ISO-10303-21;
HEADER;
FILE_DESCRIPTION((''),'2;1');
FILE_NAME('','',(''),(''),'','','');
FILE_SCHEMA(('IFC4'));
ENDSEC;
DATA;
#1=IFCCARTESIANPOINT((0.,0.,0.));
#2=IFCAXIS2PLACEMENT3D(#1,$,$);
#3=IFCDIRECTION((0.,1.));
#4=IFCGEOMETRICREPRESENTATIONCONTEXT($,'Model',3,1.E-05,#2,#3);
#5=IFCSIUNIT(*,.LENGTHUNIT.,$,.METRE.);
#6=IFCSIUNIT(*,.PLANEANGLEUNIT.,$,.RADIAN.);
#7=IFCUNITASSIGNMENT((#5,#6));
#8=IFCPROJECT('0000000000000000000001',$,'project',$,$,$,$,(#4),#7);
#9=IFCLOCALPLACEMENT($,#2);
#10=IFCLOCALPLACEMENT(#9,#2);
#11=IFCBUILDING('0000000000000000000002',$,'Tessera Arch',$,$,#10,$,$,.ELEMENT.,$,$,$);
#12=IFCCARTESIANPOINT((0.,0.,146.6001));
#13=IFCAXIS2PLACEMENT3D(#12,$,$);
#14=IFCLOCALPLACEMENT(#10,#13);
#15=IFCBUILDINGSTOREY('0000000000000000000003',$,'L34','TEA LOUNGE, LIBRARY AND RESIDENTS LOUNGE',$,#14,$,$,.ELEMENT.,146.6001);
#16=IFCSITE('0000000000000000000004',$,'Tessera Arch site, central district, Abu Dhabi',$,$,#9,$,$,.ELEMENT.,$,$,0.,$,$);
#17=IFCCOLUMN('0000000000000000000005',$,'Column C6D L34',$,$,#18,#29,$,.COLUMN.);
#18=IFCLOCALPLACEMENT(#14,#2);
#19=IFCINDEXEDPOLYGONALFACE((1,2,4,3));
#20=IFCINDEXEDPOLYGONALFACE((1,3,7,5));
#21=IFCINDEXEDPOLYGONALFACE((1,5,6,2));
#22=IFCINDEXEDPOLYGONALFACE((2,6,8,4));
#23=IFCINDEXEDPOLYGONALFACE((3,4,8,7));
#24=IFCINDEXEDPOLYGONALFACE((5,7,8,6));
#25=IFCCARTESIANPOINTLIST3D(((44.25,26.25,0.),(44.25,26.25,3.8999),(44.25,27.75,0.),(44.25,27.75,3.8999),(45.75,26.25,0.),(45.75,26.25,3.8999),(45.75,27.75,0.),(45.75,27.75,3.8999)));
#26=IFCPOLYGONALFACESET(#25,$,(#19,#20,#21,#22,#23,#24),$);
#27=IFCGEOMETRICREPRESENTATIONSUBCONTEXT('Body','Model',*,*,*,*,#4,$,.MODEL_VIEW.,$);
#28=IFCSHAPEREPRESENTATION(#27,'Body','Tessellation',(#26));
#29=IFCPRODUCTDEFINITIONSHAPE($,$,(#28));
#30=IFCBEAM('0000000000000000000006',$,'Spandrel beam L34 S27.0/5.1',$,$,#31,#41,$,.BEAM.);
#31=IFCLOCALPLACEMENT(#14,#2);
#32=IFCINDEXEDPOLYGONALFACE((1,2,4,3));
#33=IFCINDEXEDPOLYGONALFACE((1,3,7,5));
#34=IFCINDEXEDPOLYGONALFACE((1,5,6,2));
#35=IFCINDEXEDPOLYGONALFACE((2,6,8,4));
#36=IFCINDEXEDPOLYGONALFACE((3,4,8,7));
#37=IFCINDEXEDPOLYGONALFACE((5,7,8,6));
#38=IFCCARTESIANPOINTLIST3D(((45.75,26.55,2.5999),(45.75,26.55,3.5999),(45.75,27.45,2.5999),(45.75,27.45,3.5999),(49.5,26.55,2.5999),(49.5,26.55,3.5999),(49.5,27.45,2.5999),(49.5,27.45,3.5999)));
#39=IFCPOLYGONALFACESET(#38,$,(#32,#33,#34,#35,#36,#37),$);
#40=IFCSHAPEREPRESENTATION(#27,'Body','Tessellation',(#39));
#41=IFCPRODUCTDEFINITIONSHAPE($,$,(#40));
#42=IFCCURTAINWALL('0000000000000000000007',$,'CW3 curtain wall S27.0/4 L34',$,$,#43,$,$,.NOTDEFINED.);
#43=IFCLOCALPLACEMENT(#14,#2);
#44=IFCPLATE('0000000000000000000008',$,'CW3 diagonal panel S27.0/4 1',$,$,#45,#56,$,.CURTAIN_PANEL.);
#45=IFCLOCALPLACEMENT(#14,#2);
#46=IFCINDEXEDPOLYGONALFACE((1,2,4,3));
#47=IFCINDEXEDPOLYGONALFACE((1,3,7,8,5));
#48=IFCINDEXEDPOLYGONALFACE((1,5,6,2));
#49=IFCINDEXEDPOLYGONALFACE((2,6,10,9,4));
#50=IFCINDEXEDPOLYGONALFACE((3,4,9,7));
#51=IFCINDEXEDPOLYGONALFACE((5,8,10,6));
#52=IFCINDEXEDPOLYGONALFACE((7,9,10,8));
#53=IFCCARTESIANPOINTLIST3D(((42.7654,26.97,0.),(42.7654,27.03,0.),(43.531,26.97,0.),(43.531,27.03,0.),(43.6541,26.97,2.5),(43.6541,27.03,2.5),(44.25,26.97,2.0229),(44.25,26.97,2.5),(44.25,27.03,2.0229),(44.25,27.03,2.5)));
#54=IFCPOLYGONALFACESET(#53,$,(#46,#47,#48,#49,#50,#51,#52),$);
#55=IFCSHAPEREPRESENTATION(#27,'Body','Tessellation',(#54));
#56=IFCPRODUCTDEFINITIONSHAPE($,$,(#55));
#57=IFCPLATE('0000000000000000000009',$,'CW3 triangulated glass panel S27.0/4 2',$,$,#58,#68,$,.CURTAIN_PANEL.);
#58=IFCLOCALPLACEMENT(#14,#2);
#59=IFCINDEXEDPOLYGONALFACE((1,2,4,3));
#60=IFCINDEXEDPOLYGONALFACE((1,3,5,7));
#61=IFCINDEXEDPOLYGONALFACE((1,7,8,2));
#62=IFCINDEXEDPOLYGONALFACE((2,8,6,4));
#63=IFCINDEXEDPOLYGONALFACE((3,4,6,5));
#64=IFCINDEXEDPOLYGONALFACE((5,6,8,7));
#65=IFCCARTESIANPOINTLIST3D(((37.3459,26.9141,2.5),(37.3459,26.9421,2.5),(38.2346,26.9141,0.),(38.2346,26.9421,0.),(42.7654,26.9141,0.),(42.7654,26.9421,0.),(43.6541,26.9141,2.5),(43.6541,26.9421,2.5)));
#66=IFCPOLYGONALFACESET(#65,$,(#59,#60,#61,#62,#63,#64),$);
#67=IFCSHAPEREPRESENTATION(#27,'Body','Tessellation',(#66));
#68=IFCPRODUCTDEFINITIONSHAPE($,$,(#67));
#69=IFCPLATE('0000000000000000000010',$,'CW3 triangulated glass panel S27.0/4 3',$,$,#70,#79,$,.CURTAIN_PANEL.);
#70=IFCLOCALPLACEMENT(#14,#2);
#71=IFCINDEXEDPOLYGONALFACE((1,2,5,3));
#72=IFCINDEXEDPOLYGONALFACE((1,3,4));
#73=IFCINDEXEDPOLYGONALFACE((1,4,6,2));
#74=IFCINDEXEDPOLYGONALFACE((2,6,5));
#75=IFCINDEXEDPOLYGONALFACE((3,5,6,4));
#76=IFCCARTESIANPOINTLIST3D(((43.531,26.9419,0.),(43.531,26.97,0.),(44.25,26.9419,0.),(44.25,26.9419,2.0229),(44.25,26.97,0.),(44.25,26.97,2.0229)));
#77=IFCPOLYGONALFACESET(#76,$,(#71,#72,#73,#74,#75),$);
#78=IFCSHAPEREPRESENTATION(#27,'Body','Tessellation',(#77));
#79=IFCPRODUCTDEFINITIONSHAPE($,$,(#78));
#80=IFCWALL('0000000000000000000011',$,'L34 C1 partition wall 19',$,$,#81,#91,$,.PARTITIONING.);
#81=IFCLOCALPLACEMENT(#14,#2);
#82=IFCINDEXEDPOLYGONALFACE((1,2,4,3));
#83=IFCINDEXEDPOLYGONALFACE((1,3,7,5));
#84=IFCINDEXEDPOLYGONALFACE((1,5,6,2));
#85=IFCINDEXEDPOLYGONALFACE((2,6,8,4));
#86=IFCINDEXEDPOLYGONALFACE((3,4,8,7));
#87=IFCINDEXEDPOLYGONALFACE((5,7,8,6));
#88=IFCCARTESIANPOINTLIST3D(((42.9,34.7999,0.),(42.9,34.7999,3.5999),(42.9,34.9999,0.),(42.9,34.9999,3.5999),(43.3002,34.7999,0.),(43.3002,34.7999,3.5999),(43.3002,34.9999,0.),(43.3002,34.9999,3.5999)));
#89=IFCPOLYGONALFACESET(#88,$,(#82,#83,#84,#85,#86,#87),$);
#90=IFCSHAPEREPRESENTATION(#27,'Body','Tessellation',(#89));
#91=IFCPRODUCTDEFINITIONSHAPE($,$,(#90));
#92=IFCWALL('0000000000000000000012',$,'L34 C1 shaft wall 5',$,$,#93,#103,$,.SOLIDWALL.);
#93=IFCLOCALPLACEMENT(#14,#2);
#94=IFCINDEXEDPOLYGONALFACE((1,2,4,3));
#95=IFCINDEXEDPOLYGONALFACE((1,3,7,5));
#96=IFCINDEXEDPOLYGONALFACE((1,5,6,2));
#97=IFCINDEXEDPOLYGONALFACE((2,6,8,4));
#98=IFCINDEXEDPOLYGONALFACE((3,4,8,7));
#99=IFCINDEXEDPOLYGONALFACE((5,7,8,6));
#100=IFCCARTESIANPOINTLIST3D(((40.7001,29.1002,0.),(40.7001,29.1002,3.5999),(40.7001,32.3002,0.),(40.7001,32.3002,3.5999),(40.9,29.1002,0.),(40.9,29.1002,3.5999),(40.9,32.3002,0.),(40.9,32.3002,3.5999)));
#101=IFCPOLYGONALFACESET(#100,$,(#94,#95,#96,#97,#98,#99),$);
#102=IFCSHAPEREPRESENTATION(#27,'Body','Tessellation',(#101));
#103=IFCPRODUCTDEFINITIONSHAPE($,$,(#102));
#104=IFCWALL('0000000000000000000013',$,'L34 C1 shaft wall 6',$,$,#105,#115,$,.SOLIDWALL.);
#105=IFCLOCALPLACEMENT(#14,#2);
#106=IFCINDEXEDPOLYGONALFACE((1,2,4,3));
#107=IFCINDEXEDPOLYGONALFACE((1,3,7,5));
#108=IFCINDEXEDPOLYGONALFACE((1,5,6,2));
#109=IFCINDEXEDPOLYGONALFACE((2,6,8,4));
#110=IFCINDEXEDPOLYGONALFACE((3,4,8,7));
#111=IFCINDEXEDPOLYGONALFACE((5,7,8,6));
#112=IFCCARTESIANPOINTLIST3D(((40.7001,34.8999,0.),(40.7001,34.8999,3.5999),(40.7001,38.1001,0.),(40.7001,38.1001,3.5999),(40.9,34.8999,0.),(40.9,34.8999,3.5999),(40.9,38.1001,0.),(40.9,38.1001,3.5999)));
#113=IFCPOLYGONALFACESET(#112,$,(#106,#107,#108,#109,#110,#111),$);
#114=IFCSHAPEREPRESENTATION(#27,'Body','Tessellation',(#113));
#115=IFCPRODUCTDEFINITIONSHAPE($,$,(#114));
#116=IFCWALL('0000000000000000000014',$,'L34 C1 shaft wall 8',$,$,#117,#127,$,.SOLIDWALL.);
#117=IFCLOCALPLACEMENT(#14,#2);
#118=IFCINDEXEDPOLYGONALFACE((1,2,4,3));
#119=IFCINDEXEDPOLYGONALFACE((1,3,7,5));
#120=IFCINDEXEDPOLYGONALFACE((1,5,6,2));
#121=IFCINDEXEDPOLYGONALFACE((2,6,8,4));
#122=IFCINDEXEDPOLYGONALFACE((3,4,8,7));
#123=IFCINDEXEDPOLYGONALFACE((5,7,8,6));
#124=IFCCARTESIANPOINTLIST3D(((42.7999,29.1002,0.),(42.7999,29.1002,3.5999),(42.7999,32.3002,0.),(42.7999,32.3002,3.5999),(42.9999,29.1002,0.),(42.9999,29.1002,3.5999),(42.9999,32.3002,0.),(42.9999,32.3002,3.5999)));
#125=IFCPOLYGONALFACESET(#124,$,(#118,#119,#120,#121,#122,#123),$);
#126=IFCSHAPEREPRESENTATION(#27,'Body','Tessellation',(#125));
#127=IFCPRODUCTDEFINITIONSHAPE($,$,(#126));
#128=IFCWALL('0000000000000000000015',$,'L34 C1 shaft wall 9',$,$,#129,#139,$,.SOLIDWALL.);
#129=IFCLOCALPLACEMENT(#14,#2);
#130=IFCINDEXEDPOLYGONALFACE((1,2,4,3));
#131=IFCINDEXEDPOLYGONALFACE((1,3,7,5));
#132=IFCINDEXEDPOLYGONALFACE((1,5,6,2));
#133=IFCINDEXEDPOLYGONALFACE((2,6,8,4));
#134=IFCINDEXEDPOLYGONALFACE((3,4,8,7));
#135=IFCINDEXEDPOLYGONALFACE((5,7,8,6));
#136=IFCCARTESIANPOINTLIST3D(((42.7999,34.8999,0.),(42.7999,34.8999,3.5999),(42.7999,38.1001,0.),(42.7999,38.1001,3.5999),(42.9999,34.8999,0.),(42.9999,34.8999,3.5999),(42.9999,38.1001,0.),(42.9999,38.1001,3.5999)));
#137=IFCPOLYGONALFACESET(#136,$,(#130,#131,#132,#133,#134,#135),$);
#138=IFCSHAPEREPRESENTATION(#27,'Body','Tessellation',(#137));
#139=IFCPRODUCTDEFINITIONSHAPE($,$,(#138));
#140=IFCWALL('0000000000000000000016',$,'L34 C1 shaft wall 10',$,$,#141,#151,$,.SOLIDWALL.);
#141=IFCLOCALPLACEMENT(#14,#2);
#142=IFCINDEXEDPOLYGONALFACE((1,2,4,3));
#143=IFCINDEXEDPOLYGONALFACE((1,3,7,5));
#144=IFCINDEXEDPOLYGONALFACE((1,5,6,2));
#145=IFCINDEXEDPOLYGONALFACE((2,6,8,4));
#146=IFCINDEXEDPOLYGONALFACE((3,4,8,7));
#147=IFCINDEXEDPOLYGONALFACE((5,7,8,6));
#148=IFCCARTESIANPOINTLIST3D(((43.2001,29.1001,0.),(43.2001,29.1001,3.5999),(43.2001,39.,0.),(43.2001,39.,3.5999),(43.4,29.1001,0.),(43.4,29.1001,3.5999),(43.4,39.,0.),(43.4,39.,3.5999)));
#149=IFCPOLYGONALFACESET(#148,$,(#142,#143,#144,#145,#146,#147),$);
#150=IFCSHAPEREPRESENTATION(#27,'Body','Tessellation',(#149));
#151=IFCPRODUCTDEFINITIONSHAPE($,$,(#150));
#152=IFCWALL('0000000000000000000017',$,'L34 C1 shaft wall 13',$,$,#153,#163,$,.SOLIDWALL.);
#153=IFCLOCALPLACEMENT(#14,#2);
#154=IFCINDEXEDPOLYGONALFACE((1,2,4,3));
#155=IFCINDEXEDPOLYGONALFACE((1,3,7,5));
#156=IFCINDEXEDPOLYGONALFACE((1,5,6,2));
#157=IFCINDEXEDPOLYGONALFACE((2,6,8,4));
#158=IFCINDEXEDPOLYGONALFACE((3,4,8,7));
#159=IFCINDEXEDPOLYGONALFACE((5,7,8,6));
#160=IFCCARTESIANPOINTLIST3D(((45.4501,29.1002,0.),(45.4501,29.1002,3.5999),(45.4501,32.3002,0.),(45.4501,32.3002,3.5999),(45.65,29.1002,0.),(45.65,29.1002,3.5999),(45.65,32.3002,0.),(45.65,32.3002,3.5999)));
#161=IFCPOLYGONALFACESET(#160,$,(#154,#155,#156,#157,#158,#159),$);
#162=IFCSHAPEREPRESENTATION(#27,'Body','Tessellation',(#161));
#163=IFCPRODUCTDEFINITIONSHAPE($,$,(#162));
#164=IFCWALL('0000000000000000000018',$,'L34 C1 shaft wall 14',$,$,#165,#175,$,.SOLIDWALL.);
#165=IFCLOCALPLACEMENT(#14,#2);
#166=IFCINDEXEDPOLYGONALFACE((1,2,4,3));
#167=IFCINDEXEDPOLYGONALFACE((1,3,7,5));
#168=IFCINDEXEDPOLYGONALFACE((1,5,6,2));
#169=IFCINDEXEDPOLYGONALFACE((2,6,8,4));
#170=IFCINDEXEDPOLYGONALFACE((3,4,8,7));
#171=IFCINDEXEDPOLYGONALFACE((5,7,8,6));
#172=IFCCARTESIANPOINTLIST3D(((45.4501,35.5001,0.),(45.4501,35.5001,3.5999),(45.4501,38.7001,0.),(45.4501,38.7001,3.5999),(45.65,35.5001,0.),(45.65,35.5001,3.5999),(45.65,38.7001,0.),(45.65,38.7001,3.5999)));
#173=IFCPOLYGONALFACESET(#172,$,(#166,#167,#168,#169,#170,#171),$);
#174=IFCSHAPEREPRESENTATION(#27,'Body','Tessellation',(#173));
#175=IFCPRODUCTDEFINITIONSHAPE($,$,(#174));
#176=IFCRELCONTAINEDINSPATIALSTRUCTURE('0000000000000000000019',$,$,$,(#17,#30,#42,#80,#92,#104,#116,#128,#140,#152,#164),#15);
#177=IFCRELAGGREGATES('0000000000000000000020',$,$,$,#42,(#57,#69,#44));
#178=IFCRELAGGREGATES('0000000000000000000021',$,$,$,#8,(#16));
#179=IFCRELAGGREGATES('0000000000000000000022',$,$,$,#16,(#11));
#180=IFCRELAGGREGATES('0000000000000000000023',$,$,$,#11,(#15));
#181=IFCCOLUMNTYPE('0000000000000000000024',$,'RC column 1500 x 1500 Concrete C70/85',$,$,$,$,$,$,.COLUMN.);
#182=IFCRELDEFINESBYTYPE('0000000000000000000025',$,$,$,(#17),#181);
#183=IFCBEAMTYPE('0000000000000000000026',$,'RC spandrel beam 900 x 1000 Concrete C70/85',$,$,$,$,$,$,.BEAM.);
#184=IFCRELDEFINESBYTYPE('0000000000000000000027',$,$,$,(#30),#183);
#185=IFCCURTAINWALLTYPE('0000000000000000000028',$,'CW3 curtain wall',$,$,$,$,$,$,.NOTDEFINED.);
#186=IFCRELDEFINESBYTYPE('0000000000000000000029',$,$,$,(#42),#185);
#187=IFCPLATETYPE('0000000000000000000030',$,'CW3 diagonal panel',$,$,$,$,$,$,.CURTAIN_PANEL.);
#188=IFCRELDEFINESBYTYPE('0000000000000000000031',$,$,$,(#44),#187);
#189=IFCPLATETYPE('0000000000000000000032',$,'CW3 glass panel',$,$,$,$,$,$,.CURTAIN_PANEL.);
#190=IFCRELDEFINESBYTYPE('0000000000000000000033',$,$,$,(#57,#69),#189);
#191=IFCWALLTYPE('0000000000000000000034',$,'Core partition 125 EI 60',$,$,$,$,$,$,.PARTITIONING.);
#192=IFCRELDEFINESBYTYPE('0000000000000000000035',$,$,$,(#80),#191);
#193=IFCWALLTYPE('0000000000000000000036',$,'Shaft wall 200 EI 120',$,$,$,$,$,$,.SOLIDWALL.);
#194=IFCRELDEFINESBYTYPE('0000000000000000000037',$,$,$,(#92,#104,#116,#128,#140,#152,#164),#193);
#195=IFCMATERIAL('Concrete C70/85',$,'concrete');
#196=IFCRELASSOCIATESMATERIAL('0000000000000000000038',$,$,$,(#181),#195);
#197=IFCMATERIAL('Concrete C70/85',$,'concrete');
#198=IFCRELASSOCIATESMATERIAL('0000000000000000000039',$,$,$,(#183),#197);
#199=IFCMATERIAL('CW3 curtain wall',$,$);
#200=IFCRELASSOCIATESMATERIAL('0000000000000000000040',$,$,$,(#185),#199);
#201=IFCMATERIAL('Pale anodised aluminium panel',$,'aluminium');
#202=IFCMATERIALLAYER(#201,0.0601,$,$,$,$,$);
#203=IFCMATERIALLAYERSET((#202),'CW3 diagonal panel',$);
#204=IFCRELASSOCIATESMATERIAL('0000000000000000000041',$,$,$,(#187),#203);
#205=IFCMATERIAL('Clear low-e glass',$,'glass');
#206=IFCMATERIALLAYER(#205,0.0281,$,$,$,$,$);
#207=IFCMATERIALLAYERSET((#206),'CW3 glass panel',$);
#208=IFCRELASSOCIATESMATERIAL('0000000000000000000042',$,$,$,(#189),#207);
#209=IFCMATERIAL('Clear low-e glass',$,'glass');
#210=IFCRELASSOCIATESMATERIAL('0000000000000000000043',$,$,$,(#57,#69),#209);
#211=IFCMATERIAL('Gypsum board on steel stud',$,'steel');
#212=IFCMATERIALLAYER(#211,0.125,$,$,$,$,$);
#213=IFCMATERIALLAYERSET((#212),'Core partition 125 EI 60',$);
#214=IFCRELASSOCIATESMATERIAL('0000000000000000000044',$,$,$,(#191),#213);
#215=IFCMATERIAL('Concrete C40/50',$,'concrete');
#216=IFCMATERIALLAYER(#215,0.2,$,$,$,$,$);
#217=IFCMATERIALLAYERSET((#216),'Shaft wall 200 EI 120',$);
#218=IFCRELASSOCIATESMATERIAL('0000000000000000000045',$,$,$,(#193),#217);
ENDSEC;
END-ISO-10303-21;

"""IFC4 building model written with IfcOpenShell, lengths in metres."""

from ifc_helpers import new_model, si_unit, direction, frame, frame_2d, origin, origin_2d, place, context, subcontext, project, spatial, polyline, rectangle, outline, extrude, material, layer, layer_set, material_profile, profile_set, type_object, element, aggregate, save


model = new_model("IFC4")

# Units and contexts
model_context = context("Model", 3, precision=1e-05, world=origin(), true_north=direction((0.0, 1.0)))
body_context = subcontext(model_context, "Body", "Model", "MODEL_VIEW")
ifc_project = project(units=[si_unit("LENGTHUNIT", "METRE"), si_unit("PLANEANGLEUNIT", "RADIAN")], contexts=[model_context])

# Site, building, storey
site_placement = place(None, origin())
site = spatial("IfcSite", under=ifc_project, at=site_placement, Name="Tessera Arch site, central district, Abu Dhabi", CompositionType="ELEMENT", RefElevation=0.0)
building_placement = place(site_placement, origin())
building = spatial("IfcBuilding", under=site, at=building_placement, Name="Tessera Arch", CompositionType="ELEMENT")
storey_placement = place(building_placement, frame((0.0, 0.0, 146.6001)))
storey = spatial("IfcBuildingStorey", under=building, at=storey_placement, Name="L34", Description="TEA LOUNGE, LIBRARY AND RESIDENTS LOUNGE", CompositionType="ELEMENT", Elevation=146.6001)

# Column
ifc_material_1 = material(Name="Concrete C70/85", Category="concrete")
ifc_material_profile_1 = material_profile(ifc_material_1, rectangle(XDim=1.5, YDim=1.5, at=origin_2d()), Name="RC column 1500 x 1500 Concrete C70/85")
ifc_profile_set_1 = profile_set([ifc_material_profile_1], Name="Concrete C70/85")
column_type = type_object("IfcColumnType", Name="RC column 1500 x 1500 Concrete C70/85", PredefinedType="COLUMN", material=ifc_profile_set_1)
column_placement = place(storey_placement, frame((45.0, 27.0, 0.0), z_axis=(0.0, 0.0, 1.0), x_axis=(1.0, 0.0, 0.0)))
element("IfcColumn", 1, at=column_placement, inside=storey, type_object=column_type, Name="Column C6D L34", PredefinedType="COLUMN", context=body_context, shape_type="SweptSolid", body=[
    extrude(rectangle(XDim=1.5, YDim=1.5, at=origin_2d()), origin(), (0.0, 0.0, 1.0), 3.8999),
])

# Beam
ifc_material_2 = material(Name="Concrete C70/85", Category="concrete")
ifc_material_profile_2 = material_profile(ifc_material_2, rectangle(XDim=0.8999, YDim=1.0, at=origin_2d()), Name="RC spandrel beam 900 x 1000 Concrete C70/85")
ifc_profile_set_2 = profile_set([ifc_material_profile_2], Name="Concrete C70/85")
beam_type = type_object("IfcBeamType", Name="RC spandrel beam 900 x 1000 Concrete C70/85", PredefinedType="BEAM", material=ifc_profile_set_2)
beam_placement = place(storey_placement, frame((45.75, 27.0, 3.0999), z_axis=(1.0, 0.0, 0.0), x_axis=(0.0, 1.0, 0.0)))
element("IfcBeam", 2, at=beam_placement, inside=storey, type_object=beam_type, Name="Spandrel beam L34 S27.0/5.1", PredefinedType="BEAM", context=body_context, shape_type="SweptSolid", body=[
    extrude(rectangle(XDim=0.8999, YDim=1.0, at=origin_2d()), origin(), (0.0, 0.0, 1.0), 3.75),
])

# Curtain wall, plates
ifc_material_3 = material(Name="CW3 curtain wall")
curtain_wall_type = type_object("IfcCurtainWallType", Name="CW3 curtain wall", PredefinedType="NOTDEFINED", material=ifc_material_3)
curtain_wall_placement = place(storey_placement, origin())
curtain_wall = element("IfcCurtainWall", 3, at=curtain_wall_placement, inside=storey, type_object=curtain_wall_type, Name="CW3 curtain wall S27.0/4 L34", PredefinedType="NOTDEFINED")
ifc_material_4 = material(Name="Pale anodised aluminium panel", Category="aluminium")
ifc_layer_1 = layer(ifc_material_4, 0.0601)
ifc_layer_set_1 = layer_set([ifc_layer_1], Name="CW3 diagonal panel")
plate_type_1 = type_object("IfcPlateType", Name="CW3 diagonal panel", PredefinedType="CURTAIN_PANEL", material=ifc_layer_set_1)
plate_1_placement = place(storey_placement, frame((44.25, 26.97, 2.5), z_axis=(0.0, -1.0, 0.0), x_axis=(-1.0, 0.0, 0.0)))
plate_1 = element("IfcPlate", 4, at=plate_1_placement, type_object=plate_type_1, Name="CW3 diagonal panel S27.0/4 1", PredefinedType="CURTAIN_PANEL", context=body_context, shape_type="SweptSolid", body=[
    extrude(outline(polyline([(0.0, 0.0), (0.5959, 0.0), (1.4846, 2.5), (0.719, 2.5), (0.0, 0.4771), (0.0, 0.0)])), origin(), (0.0, 0.0, -1.0), 0.0601),
])
ifc_material_5 = material(Name="Clear low-e glass", Category="glass")
ifc_material_6 = material(Name="Clear low-e glass", Category="glass")
ifc_layer_2 = layer(ifc_material_6, 0.0281)
ifc_layer_set_2 = layer_set([ifc_layer_2], Name="CW3 glass panel")
plate_type_2 = type_object("IfcPlateType", Name="CW3 glass panel", PredefinedType="CURTAIN_PANEL", material=ifc_layer_set_2)
plate_2_placement = place(storey_placement, frame((43.6541, 26.9141, 2.5), z_axis=(0.0, -1.0, 0.0), x_axis=(-1.0, 0.0, 0.0)))
plate_2 = element("IfcPlate", 5, at=plate_2_placement, type_object=plate_type_2, material=ifc_material_5, Name="CW3 triangulated glass panel S27.0/4 2", PredefinedType="CURTAIN_PANEL", context=body_context, shape_type="SweptSolid", body=[
    extrude(outline(polyline([(0.0, 0.0), (6.3081, 0.0), (5.4194, 2.5), (0.8887, 2.5), (0.0, 0.0)])), origin(), (0.0, 0.0, -1.0), 0.0281),
])
plate_3_placement = place(storey_placement, frame((44.25, 26.9419, 0.0), z_axis=(0.0, -1.0, 0.0), x_axis=(0.0, 0.0, 1.0)))
plate_3 = element("IfcPlate", 6, at=plate_3_placement, type_object=plate_type_2, material=ifc_material_5, Name="CW3 triangulated glass panel S27.0/4 3", PredefinedType="CURTAIN_PANEL", context=body_context, shape_type="SweptSolid", body=[
    extrude(outline(polyline([(0.0, 0.0), (2.0229, 0.0), (0.0, 0.719), (0.0, 0.0)])), origin(), (0.0, 0.0, -1.0), 0.0281),
])
aggregate(curtain_wall, [plate_2, plate_3, plate_1])

# Walls
ifc_material_7 = material(Name="Gypsum board on steel stud", Category="steel")
ifc_layer_3 = layer(ifc_material_7, 0.125)
ifc_layer_set_3 = layer_set([ifc_layer_3], Name="Core partition 125 EI 60")
wall_type_1 = type_object("IfcWallType", Name="Core partition 125 EI 60", PredefinedType="PARTITIONING", material=ifc_layer_set_3)
wall_1_placement = place(storey_placement, frame((42.8999, 34.8999, 0.0), z_axis=(0.0, 0.0, 1.0), x_axis=(1.0, 0.0, 0.0)))
element("IfcWall", 7, at=wall_1_placement, inside=storey, type_object=wall_type_1, Name="L34 C1 partition wall 19", PredefinedType="PARTITIONING", context=body_context, shape_type="SweptSolid", body=[
    extrude(rectangle(XDim=0.4001, YDim=0.2, at=frame_2d((0.2002, 0.0))), origin(), (0.0, 0.0, 1.0), 3.5999),
])
ifc_material_8 = material(Name="Concrete C40/50", Category="concrete")
ifc_layer_4 = layer(ifc_material_8, 0.2)
ifc_layer_set_4 = layer_set([ifc_layer_4], Name="Shaft wall 200 EI 120")
wall_type_2 = type_object("IfcWallType", Name="Shaft wall 200 EI 120", PredefinedType="SOLIDWALL", material=ifc_layer_set_4)
wall_2_placement = place(storey_placement, frame((40.8, 29.1001, 0.0), z_axis=(0.0, 0.0, 1.0), x_axis=(0.0, 1.0, 0.0)))
element("IfcWall", 8, at=wall_2_placement, inside=storey, type_object=wall_type_2, Name="L34 C1 shaft wall 5", PredefinedType="SOLIDWALL", context=body_context, shape_type="SweptSolid", body=[
    extrude(rectangle(XDim=3.2, YDim=0.2, at=frame_2d((1.6001, 0.0))), origin(), (0.0, 0.0, 1.0), 3.5999),
])
wall_3_placement = place(storey_placement, frame((40.8, 34.8999, 0.0), z_axis=(0.0, 0.0, 1.0), x_axis=(0.0, 1.0, 0.0)))
element("IfcWall", 9, at=wall_3_placement, inside=storey, type_object=wall_type_2, Name="L34 C1 shaft wall 6", PredefinedType="SOLIDWALL", context=body_context, shape_type="SweptSolid", body=[
    extrude(rectangle(XDim=3.2002, YDim=0.2, at=frame_2d((1.6001, 0.0))), origin(), (0.0, 0.0, 1.0), 3.5999),
])
wall_4_placement = place(storey_placement, frame((42.8999, 29.1001, 0.0), z_axis=(0.0, 0.0, 1.0), x_axis=(0.0, 1.0, 0.0)))
element("IfcWall", 10, at=wall_4_placement, inside=storey, type_object=wall_type_2, Name="L34 C1 shaft wall 8", PredefinedType="SOLIDWALL", context=body_context, shape_type="SweptSolid", body=[
    extrude(rectangle(XDim=3.2, YDim=0.2, at=frame_2d((1.6001, 0.0))), origin(), (0.0, 0.0, 1.0), 3.5999),
])
wall_5_placement = place(storey_placement, frame((42.8999, 34.8999, 0.0), z_axis=(0.0, 0.0, 1.0), x_axis=(0.0, 1.0, 0.0)))
element("IfcWall", 11, at=wall_5_placement, inside=storey, type_object=wall_type_2, Name="L34 C1 shaft wall 9", PredefinedType="SOLIDWALL", context=body_context, shape_type="SweptSolid", body=[
    extrude(rectangle(XDim=3.2002, YDim=0.2, at=frame_2d((1.6001, 0.0))), origin(), (0.0, 0.0, 1.0), 3.5999),
])
wall_6_placement = place(storey_placement, frame((43.3, 29.1001, 0.0), z_axis=(0.0, 0.0, 1.0), x_axis=(0.0, 1.0, 0.0)))
element("IfcWall", 12, at=wall_6_placement, inside=storey, type_object=wall_type_2, Name="L34 C1 shaft wall 10", PredefinedType="SOLIDWALL", context=body_context, shape_type="SweptSolid", body=[
    extrude(rectangle(XDim=9.8999, YDim=0.2, at=frame_2d((4.95, 0.0))), origin(), (0.0, 0.0, 1.0), 3.5999),
])
for number, where, z_axis, x_axis, name in (
    (13, (45.55, 29.1001, 0.0), (0.0, 0.0, 1.0), (0.0, 1.0, 0.0), "L34 C1 shaft wall 13"),
    (14, (45.55, 35.5, 0.0), (0.0, 0.0, 1.0), (0.0, 1.0, 0.0), "L34 C1 shaft wall 14"),
):
    element("IfcWall", number, at=place(storey_placement, frame(where, z_axis=z_axis, x_axis=x_axis)), inside=storey, type_object=wall_type_2, Name=name, PredefinedType="SOLIDWALL", context=body_context, shape_type="SweptSolid", body=[
        extrude(rectangle(XDim=3.2, YDim=0.2, at=frame_2d((1.6001, 0.0))), origin(), (0.0, 0.0, 1.0), 3.5999),
    ])

save(model, "model.ifc")
